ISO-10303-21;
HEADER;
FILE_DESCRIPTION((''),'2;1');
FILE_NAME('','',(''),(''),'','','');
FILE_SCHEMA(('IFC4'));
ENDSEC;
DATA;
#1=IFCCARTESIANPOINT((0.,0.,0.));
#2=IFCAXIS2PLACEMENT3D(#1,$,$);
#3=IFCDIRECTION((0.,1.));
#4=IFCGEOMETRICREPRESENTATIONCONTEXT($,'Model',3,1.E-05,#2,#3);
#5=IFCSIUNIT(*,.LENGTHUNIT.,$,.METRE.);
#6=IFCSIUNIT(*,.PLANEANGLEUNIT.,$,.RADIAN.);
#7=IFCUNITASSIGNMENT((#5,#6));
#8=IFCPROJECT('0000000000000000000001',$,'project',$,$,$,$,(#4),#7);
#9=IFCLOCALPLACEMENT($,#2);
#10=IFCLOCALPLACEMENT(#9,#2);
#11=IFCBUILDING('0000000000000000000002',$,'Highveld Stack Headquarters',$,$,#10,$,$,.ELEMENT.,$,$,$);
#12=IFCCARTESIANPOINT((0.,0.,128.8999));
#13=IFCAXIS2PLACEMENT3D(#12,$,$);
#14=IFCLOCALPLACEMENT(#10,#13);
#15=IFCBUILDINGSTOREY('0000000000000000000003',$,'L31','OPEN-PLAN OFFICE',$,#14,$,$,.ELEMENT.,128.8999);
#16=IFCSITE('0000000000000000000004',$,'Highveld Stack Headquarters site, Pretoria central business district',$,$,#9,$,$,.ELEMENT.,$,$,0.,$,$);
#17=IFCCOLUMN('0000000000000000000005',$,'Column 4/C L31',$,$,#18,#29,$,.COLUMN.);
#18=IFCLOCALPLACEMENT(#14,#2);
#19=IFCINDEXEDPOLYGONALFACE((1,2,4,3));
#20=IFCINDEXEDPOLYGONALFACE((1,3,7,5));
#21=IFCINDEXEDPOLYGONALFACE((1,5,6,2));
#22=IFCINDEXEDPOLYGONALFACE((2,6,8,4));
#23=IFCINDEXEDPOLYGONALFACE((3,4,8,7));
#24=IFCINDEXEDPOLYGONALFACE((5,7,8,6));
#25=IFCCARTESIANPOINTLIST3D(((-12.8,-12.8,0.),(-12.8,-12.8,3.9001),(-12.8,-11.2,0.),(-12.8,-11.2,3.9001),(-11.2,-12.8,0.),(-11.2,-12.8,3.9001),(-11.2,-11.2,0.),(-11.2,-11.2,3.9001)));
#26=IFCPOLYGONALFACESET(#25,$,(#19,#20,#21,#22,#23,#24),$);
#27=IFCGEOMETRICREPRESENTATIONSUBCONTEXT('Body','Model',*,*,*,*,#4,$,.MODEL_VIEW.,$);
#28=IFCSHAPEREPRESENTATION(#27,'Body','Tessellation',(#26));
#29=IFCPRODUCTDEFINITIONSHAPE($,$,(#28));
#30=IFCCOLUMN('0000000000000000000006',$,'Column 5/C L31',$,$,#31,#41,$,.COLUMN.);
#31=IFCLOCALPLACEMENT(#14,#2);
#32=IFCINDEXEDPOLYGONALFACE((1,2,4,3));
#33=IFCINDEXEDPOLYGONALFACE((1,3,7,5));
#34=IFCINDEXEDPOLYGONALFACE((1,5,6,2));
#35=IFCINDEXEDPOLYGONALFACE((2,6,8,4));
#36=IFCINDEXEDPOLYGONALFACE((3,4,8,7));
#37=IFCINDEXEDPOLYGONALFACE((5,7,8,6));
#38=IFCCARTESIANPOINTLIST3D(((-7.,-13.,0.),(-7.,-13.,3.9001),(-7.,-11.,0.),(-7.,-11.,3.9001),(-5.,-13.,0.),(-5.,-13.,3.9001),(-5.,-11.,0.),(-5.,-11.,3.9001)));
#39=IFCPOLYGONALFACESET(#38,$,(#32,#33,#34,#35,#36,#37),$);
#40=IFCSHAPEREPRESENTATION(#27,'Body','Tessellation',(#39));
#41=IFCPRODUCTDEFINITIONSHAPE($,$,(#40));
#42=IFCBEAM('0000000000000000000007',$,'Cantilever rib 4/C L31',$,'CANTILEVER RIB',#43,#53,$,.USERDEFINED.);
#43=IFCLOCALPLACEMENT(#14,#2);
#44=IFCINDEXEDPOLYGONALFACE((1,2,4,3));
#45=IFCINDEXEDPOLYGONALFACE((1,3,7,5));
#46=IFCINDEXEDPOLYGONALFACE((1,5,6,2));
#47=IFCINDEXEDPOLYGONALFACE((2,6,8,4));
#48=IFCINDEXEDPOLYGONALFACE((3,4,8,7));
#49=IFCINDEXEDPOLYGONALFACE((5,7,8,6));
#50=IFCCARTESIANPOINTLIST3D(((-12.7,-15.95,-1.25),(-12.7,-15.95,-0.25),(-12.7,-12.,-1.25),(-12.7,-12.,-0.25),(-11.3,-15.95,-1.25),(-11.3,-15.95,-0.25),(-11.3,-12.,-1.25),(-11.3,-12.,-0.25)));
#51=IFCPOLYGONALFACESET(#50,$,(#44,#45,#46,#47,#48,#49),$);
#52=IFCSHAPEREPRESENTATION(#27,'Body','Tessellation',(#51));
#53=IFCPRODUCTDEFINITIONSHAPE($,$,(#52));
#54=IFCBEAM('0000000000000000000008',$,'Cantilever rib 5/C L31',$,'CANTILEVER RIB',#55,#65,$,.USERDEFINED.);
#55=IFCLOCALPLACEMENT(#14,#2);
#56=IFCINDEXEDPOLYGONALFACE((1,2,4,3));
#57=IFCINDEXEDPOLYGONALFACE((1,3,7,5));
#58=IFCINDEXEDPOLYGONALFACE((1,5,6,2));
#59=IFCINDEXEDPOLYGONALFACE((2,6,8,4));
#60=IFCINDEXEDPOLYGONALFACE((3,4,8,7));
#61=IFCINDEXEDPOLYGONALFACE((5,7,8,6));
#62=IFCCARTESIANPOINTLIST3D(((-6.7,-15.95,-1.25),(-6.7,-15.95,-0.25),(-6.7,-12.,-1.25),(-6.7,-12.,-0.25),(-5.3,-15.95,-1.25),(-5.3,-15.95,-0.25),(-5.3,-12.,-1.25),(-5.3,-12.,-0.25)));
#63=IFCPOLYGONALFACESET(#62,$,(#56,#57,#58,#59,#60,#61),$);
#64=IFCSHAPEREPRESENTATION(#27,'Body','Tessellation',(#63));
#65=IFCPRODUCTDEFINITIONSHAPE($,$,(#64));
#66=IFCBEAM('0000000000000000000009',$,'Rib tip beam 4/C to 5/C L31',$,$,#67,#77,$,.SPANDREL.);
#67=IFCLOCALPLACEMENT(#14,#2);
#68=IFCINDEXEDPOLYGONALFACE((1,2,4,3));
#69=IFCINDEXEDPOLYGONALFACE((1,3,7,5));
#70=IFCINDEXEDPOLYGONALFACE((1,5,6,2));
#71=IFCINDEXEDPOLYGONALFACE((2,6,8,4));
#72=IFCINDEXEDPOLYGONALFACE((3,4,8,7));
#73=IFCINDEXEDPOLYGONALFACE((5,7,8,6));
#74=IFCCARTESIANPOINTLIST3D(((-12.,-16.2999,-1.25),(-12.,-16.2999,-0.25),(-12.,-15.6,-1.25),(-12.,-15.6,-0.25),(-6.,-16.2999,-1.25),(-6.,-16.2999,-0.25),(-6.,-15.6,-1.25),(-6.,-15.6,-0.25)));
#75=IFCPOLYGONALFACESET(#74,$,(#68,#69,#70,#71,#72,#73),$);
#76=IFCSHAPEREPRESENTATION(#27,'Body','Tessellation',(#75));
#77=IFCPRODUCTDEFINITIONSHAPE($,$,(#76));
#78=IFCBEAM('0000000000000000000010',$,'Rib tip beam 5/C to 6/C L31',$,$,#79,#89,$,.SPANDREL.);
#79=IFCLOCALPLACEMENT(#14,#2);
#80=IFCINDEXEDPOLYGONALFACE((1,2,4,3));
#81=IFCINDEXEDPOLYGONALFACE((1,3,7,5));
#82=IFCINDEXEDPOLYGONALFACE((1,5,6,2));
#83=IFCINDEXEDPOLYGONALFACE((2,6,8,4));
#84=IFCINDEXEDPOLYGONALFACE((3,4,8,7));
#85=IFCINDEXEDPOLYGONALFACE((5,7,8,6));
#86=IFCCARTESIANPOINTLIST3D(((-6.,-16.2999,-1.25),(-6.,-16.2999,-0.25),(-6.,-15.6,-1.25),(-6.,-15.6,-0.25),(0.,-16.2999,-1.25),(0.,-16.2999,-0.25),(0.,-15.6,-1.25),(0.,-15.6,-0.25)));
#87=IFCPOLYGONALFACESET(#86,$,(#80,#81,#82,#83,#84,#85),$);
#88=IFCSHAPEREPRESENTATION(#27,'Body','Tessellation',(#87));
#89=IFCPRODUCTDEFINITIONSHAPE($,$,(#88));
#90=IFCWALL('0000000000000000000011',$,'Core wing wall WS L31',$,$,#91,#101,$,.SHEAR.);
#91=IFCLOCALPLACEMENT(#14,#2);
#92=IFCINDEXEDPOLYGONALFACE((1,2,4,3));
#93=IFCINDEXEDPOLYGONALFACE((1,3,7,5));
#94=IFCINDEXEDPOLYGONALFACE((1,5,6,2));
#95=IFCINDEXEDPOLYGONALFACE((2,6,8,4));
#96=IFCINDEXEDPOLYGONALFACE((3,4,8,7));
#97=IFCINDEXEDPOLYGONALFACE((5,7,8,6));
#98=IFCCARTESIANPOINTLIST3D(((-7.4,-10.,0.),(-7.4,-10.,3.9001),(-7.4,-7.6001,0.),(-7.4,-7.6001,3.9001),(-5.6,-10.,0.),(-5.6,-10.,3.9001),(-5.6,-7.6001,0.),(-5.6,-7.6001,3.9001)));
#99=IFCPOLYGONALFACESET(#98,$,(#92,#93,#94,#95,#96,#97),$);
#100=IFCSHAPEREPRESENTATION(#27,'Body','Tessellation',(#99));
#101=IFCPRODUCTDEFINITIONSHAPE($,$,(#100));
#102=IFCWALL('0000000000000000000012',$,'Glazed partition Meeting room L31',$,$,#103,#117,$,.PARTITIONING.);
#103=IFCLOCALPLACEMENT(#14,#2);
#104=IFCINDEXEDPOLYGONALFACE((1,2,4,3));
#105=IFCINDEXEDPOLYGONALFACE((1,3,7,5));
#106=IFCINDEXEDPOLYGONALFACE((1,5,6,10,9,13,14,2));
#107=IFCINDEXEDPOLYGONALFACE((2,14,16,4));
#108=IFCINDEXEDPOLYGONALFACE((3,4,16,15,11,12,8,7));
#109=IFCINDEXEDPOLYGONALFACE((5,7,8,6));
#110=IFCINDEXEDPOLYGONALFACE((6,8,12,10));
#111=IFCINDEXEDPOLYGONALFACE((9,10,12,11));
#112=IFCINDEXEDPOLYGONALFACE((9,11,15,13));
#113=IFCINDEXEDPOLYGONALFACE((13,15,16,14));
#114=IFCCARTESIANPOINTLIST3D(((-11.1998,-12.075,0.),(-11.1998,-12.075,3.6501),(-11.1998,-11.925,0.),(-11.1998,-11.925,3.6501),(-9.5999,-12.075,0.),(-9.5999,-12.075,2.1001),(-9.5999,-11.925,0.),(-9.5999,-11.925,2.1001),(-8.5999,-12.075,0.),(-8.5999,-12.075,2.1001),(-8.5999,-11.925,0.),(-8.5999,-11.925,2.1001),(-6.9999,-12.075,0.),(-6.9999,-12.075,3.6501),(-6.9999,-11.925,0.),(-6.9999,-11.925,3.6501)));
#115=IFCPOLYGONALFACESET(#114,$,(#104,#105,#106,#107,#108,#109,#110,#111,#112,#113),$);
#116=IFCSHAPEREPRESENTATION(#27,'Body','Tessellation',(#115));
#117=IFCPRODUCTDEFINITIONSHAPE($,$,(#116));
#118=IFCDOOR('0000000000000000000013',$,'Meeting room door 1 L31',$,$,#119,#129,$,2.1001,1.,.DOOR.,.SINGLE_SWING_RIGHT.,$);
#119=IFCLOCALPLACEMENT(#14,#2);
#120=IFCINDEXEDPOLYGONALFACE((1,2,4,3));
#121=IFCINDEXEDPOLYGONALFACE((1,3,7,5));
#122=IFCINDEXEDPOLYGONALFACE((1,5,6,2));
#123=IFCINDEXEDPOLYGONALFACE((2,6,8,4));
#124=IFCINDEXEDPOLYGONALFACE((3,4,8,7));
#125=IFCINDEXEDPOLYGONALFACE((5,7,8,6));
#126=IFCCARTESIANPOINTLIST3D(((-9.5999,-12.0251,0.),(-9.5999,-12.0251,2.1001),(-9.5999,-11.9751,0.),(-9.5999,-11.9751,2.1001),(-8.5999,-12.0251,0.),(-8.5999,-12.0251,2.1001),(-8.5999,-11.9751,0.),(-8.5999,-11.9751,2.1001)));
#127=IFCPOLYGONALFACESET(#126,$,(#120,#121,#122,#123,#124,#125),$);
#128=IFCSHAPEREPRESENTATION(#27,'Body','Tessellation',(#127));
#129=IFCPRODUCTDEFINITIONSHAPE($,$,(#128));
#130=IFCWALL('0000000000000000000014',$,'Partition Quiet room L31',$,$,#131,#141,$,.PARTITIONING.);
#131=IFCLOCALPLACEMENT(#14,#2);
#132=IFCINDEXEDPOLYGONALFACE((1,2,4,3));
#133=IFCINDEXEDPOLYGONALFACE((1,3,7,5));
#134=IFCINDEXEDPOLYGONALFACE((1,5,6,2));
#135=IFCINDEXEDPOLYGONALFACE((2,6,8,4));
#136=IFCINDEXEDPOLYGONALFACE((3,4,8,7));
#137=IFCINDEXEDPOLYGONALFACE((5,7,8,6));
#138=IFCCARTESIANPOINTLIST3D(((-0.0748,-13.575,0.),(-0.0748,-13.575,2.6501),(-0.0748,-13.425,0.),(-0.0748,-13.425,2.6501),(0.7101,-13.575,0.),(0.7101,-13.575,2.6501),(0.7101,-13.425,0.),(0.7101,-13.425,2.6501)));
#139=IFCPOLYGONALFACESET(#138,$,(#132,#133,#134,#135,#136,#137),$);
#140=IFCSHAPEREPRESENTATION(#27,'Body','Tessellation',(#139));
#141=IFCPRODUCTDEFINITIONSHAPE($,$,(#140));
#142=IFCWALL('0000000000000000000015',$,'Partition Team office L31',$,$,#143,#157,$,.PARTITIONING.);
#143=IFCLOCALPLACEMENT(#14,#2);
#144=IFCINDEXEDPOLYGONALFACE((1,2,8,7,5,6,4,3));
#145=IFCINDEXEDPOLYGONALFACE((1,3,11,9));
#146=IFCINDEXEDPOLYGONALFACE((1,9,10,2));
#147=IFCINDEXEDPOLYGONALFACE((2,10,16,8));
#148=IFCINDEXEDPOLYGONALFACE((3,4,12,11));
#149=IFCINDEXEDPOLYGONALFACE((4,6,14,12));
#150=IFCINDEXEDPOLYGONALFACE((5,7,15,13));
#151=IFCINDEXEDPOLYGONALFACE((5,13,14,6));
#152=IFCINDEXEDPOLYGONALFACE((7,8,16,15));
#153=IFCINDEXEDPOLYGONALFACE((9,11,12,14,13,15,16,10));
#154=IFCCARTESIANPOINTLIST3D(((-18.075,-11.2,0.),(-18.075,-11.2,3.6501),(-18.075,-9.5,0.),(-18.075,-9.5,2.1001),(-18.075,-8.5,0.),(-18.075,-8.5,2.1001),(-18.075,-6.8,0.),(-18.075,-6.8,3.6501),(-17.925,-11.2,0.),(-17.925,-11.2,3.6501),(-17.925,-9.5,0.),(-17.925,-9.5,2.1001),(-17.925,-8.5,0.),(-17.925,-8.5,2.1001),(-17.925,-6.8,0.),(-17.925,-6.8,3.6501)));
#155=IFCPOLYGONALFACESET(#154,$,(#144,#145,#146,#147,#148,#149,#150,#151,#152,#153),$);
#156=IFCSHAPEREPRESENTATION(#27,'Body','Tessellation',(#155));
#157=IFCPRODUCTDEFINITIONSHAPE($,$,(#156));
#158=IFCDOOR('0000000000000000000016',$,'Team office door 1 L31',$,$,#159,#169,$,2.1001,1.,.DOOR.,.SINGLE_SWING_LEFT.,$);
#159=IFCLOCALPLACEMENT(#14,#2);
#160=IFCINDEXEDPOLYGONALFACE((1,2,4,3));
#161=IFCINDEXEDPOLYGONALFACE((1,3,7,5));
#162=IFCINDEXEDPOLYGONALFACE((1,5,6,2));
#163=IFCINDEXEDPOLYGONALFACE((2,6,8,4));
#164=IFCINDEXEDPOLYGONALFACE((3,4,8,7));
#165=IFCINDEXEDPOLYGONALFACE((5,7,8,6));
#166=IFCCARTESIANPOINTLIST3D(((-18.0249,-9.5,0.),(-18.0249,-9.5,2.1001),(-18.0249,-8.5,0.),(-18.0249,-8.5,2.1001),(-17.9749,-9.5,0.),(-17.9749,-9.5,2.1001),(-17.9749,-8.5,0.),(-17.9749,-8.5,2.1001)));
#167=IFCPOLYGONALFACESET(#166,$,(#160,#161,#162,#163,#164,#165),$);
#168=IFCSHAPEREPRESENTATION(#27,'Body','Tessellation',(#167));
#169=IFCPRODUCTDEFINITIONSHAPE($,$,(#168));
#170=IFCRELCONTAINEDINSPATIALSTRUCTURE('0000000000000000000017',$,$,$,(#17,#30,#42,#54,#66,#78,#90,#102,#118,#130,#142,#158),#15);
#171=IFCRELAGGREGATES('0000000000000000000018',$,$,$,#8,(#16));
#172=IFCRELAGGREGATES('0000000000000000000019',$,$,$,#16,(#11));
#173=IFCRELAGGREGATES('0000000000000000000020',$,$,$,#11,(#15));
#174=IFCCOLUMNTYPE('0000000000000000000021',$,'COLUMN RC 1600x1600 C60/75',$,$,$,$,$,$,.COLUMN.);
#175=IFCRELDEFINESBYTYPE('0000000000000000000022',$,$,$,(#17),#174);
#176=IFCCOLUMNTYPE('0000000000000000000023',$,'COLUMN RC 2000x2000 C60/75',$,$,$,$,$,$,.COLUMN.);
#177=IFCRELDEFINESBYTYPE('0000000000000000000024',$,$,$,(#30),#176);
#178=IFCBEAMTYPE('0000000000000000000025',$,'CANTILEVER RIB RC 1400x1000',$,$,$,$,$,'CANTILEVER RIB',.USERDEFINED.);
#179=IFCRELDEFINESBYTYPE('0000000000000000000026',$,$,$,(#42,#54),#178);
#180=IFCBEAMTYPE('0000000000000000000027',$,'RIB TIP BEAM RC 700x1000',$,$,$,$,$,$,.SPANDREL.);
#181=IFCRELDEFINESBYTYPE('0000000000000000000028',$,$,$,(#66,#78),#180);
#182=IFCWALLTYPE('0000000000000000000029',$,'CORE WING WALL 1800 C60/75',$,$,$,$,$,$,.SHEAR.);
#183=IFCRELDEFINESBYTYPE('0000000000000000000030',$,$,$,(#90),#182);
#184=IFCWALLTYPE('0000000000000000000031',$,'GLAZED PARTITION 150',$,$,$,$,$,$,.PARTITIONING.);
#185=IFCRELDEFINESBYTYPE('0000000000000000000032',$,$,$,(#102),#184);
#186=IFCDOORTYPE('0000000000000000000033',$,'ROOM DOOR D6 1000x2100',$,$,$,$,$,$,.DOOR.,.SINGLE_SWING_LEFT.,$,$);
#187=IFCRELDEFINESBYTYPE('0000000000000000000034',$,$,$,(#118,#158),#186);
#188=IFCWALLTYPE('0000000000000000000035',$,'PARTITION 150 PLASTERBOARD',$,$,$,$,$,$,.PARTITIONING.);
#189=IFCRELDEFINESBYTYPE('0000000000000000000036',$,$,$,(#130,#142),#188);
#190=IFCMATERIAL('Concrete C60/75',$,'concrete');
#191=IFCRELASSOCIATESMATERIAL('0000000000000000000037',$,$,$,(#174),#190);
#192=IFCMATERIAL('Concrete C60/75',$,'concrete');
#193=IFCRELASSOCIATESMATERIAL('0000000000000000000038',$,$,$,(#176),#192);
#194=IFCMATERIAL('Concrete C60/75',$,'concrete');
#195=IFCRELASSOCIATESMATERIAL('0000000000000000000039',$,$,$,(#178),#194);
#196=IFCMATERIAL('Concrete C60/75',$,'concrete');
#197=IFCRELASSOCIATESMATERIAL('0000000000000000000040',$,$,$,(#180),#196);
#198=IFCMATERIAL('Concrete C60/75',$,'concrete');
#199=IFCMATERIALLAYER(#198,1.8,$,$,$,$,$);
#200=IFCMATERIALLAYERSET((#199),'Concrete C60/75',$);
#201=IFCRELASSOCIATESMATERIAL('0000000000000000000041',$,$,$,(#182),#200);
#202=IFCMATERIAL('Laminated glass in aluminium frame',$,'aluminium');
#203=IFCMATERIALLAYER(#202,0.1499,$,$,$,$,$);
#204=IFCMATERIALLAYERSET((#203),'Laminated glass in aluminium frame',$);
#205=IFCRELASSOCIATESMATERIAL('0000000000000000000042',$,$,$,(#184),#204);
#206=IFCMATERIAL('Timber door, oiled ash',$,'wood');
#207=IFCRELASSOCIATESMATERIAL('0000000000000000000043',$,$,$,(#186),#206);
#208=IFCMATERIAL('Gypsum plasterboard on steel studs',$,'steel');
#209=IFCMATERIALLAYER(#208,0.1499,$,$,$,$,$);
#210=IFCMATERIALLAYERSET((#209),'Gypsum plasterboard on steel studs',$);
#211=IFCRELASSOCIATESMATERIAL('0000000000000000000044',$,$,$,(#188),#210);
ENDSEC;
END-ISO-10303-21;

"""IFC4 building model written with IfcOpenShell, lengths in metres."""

from ifc_helpers import new_model, si_unit, direction, frame, frame_2d, origin, origin_2d, place, context, subcontext, project, spatial, rectangle, extrude, material, layer, layer_set, material_profile, profile_set, type_object, element, fill, save


model = new_model("IFC4")

# Units and contexts
model_context = context("Model", 3, precision=1e-05, world=origin(), true_north=direction((0.0, 1.0)))
body_context = subcontext(model_context, "Body", "Model", "MODEL_VIEW")
ifc_project = project(units=[si_unit("LENGTHUNIT", "METRE"), si_unit("PLANEANGLEUNIT", "RADIAN")], contexts=[model_context])

# Site, building, storey
site_placement = place(None, origin())
site = spatial("IfcSite", under=ifc_project, at=site_placement, Name="Highveld Stack Headquarters site, Pretoria central business district", CompositionType="ELEMENT", RefElevation=0.0)
building_placement = place(site_placement, origin())
building = spatial("IfcBuilding", under=site, at=building_placement, Name="Highveld Stack Headquarters", CompositionType="ELEMENT")
storey_placement = place(building_placement, frame((0.0, 0.0, 128.8999)))
storey = spatial("IfcBuildingStorey", under=building, at=storey_placement, Name="L31", Description="OPEN-PLAN OFFICE", CompositionType="ELEMENT", Elevation=128.8999)

# Columns
ifc_material_1 = material(Name="Concrete C60/75", Category="concrete")
ifc_material_profile_1 = material_profile(ifc_material_1, rectangle(XDim=1.6001, YDim=1.6001, at=origin_2d()), Name="RC 1600x1600")
ifc_profile_set_1 = profile_set([ifc_material_profile_1], Name="Concrete C60/75")
column_type_1 = type_object("IfcColumnType", Name="COLUMN RC 1600x1600 C60/75", PredefinedType="COLUMN", material=ifc_profile_set_1)
column_1_placement = place(storey_placement, frame((-12.0, -12.0, 0.0), z_axis=(0.0, 0.0, 1.0), x_axis=(1.0, 0.0, 0.0)))
element("IfcColumn", 1, at=column_1_placement, inside=storey, type_object=column_type_1, Name="Column 4/C L31", PredefinedType="COLUMN", context=body_context, shape_type="SweptSolid", body=[
    extrude(rectangle(XDim=1.6001, YDim=1.6001, at=origin_2d()), origin(), (0.0, 0.0, 1.0), 3.9001),
])
ifc_material_2 = material(Name="Concrete C60/75", Category="concrete")
ifc_material_profile_2 = material_profile(ifc_material_2, rectangle(XDim=2.0, YDim=2.0, at=origin_2d()), Name="RC 2000x2000")
ifc_profile_set_2 = profile_set([ifc_material_profile_2], Name="Concrete C60/75")
column_type_2 = type_object("IfcColumnType", Name="COLUMN RC 2000x2000 C60/75", PredefinedType="COLUMN", material=ifc_profile_set_2)
column_2_placement = place(storey_placement, frame((-6.0, -12.0, 0.0), z_axis=(0.0, 0.0, 1.0), x_axis=(1.0, 0.0, 0.0)))
element("IfcColumn", 2, at=column_2_placement, inside=storey, type_object=column_type_2, Name="Column 5/C L31", PredefinedType="COLUMN", context=body_context, shape_type="SweptSolid", body=[
    extrude(rectangle(XDim=2.0, YDim=2.0, at=origin_2d()), origin(), (0.0, 0.0, 1.0), 3.9001),
])

# Beams
ifc_material_3 = material(Name="Concrete C60/75", Category="concrete")
ifc_material_profile_3 = material_profile(ifc_material_3, rectangle(XDim=1.3999, YDim=1.0, at=origin_2d()), Name="RC 1400x1000")
ifc_profile_set_3 = profile_set([ifc_material_profile_3], Name="Concrete C60/75")
beam_type_1 = type_object("IfcBeamType", Name="CANTILEVER RIB RC 1400x1000", ElementType="CANTILEVER RIB", PredefinedType="USERDEFINED", material=ifc_profile_set_3)
for number, where, z_axis, x_axis, name in (
    (3, (-12.0, -12.0, -0.75), (0.0, -1.0, 0.0), (1.0, 0.0, 0.0), "Cantilever rib 4/C L31"),
    (4, (-6.0, -12.0, -0.75), (0.0, -1.0, 0.0), (1.0, 0.0, 0.0), "Cantilever rib 5/C L31"),
):
    element("IfcBeam", number, at=place(storey_placement, frame(where, z_axis=z_axis, x_axis=x_axis)), inside=storey, type_object=beam_type_1, Name=name, ObjectType="CANTILEVER RIB", PredefinedType="USERDEFINED", context=body_context, shape_type="SweptSolid", body=[
        extrude(rectangle(XDim=1.3999, YDim=1.0, at=origin_2d()), origin(), (0.0, 0.0, 1.0), 3.95),
    ])
ifc_material_4 = material(Name="Concrete C60/75", Category="concrete")
ifc_material_profile_4 = material_profile(ifc_material_4, rectangle(XDim=0.7, YDim=1.0, at=origin_2d()), Name="RC 700x1000")
ifc_profile_set_4 = profile_set([ifc_material_profile_4], Name="Concrete C60/75")
beam_type_2 = type_object("IfcBeamType", Name="RIB TIP BEAM RC 700x1000", PredefinedType="SPANDREL", material=ifc_profile_set_4)
for number, where, z_axis, x_axis, name in (
    (5, (-12.0, -15.95, -0.75), (1.0, 0.0, 0.0), (0.0, 1.0, 0.0), "Rib tip beam 4/C to 5/C L31"),
    (6, (-6.0, -15.95, -0.75), (1.0, 0.0, 0.0), (0.0, 1.0, 0.0), "Rib tip beam 5/C to 6/C L31"),
):
    element("IfcBeam", number, at=place(storey_placement, frame(where, z_axis=z_axis, x_axis=x_axis)), inside=storey, type_object=beam_type_2, Name=name, PredefinedType="SPANDREL", context=body_context, shape_type="SweptSolid", body=[
        extrude(rectangle(XDim=0.7, YDim=1.0, at=origin_2d()), origin(), (0.0, 0.0, 1.0), 6.0),
    ])

# Wall
ifc_material_5 = material(Name="Concrete C60/75", Category="concrete")
ifc_layer_1 = layer(ifc_material_5, 1.8)
ifc_layer_set_1 = layer_set([ifc_layer_1], Name="Concrete C60/75")
wall_type_1 = type_object("IfcWallType", Name="CORE WING WALL 1800 C60/75", PredefinedType="SHEAR", material=ifc_layer_set_1)
wall_1_placement = place(storey_placement, frame((-6.5, -10.0, 0.0), z_axis=(0.0, 0.0, 1.0), x_axis=(0.0, 1.0, 0.0)))
element("IfcWall", 7, at=wall_1_placement, inside=storey, type_object=wall_type_1, Name="Core wing wall WS L31", PredefinedType="SHEAR", context=body_context, shape_type="SweptSolid", body=[
    extrude(rectangle(XDim=2.3999, YDim=1.8, at=frame_2d((1.2, 0.0))), origin(), (0.0, 0.0, 1.0), 3.9001),
])

# Wall, opening, door
ifc_material_6 = material(Name="Laminated glass in aluminium frame", Category="aluminium")
ifc_layer_2 = layer(ifc_material_6, 0.1499)
ifc_layer_set_2 = layer_set([ifc_layer_2], Name="Laminated glass in aluminium frame")
wall_type_2 = type_object("IfcWallType", Name="GLAZED PARTITION 150", PredefinedType="PARTITIONING", material=ifc_layer_set_2)
wall_2_placement = place(storey_placement, frame((-11.2, -12.0, 0.0), z_axis=(0.0, 0.0, 1.0), x_axis=(1.0, 0.0, 0.0)))
wall_2 = element("IfcWall", 8, at=wall_2_placement, inside=storey, type_object=wall_type_2, Name="Glazed partition Meeting room L31", PredefinedType="PARTITIONING", context=body_context, shape_type="SweptSolid", body=[
    extrude(rectangle(XDim=4.2, YDim=0.1499, at=frame_2d((2.1001, 0.0))), origin(), (0.0, 0.0, 1.0), 3.6501),
])
opening_1_placement = place(wall_2_placement, frame((1.6001, 0.0, 0.0)))
opening_1 = element("IfcOpeningElement", 9, at=opening_1_placement, cuts=wall_2, PredefinedType="OPENING", context=body_context, shape_type="SweptSolid", body=[
    extrude(rectangle(XDim=1.0, YDim=2.1001, at=frame_2d((0.5, 1.05))), frame((0.0, 0.085, 0.0), z_axis=(0.0, -1.0, 0.0), x_axis=(1.0, 0.0, 0.0)), (0.0, 0.0, 1.0), 0.1699),
])
ifc_material_7 = material(Name="Timber door, oiled ash", Category="wood")
door_type_1 = type_object("IfcDoorType", Name="ROOM DOOR D6 1000x2100", OperationType="SINGLE_SWING_LEFT", PredefinedType="DOOR", material=ifc_material_7)
door_1_placement = place(opening_1_placement, origin())
door_1 = element("IfcDoor", 10, at=door_1_placement, inside=storey, type_object=door_type_1, Name="Meeting room door 1 L31", OperationType="SINGLE_SWING_RIGHT", OverallHeight=2.1001, OverallWidth=1.0, PredefinedType="DOOR", context=body_context, shape_type="SweptSolid", body=[
    extrude(rectangle(XDim=1.0, YDim=2.1001, at=frame_2d((0.5, 1.05))), frame((0.0, 0.0249, 0.0), z_axis=(0.0, -1.0, 0.0), x_axis=(1.0, 0.0, 0.0)), (0.0, 0.0, 1.0), 0.05),
])
fill(opening_1, door_1)

# Wall
ifc_material_8 = material(Name="Gypsum plasterboard on steel studs", Category="steel")
ifc_layer_3 = layer(ifc_material_8, 0.1499)
ifc_layer_set_3 = layer_set([ifc_layer_3], Name="Gypsum plasterboard on steel studs")
wall_type_3 = type_object("IfcWallType", Name="PARTITION 150 PLASTERBOARD", PredefinedType="PARTITIONING", material=ifc_layer_set_3)
wall_3_placement = place(storey_placement, frame((-0.075, -13.5, 0.0), z_axis=(0.0, 0.0, 1.0), x_axis=(1.0, 0.0, 0.0)))
element("IfcWall", 11, at=wall_3_placement, inside=storey, type_object=wall_type_3, Name="Partition Quiet room L31", PredefinedType="PARTITIONING", context=body_context, shape_type="SweptSolid", body=[
    extrude(rectangle(XDim=0.7849, YDim=0.1499, at=frame_2d((0.3926, 0.0))), origin(), (0.0, 0.0, 1.0), 2.6501),
])

# Wall, opening, door
wall_4_placement = place(storey_placement, frame((-18.0, -11.2, 0.0), z_axis=(0.0, 0.0, 1.0), x_axis=(0.0, 1.0, 0.0)))
wall_4 = element("IfcWall", 12, at=wall_4_placement, inside=storey, type_object=wall_type_3, Name="Partition Team office L31", PredefinedType="PARTITIONING", context=body_context, shape_type="SweptSolid", body=[
    extrude(rectangle(XDim=4.3999, YDim=0.1499, at=frame_2d((2.2, 0.0))), origin(), (0.0, 0.0, 1.0), 3.6501),
])
opening_2_placement = place(wall_4_placement, frame((1.7, 0.0, 0.0)))
opening_2 = element("IfcOpeningElement", 13, at=opening_2_placement, cuts=wall_4, PredefinedType="OPENING", context=body_context, shape_type="SweptSolid", body=[
    extrude(rectangle(XDim=1.0, YDim=2.1001, at=frame_2d((0.5, 1.05))), frame((0.0, 0.085, 0.0), z_axis=(0.0, -1.0, 0.0), x_axis=(1.0, 0.0, 0.0)), (0.0, 0.0, 1.0), 0.1699),
])
door_2_placement = place(opening_2_placement, origin())
door_2 = element("IfcDoor", 14, at=door_2_placement, inside=storey, type_object=door_type_1, Name="Team office door 1 L31", OperationType="SINGLE_SWING_LEFT", OverallHeight=2.1001, OverallWidth=1.0, PredefinedType="DOOR", context=body_context, shape_type="SweptSolid", body=[
    extrude(rectangle(XDim=1.0, YDim=2.1001, at=frame_2d((0.5, 1.05))), frame((0.0, 0.0249, 0.0), z_axis=(0.0, -1.0, 0.0), x_axis=(1.0, 0.0, 0.0)), (0.0, 0.0, 1.0), 0.05),
])
fill(opening_2, door_2)

save(model, "model.ifc")
